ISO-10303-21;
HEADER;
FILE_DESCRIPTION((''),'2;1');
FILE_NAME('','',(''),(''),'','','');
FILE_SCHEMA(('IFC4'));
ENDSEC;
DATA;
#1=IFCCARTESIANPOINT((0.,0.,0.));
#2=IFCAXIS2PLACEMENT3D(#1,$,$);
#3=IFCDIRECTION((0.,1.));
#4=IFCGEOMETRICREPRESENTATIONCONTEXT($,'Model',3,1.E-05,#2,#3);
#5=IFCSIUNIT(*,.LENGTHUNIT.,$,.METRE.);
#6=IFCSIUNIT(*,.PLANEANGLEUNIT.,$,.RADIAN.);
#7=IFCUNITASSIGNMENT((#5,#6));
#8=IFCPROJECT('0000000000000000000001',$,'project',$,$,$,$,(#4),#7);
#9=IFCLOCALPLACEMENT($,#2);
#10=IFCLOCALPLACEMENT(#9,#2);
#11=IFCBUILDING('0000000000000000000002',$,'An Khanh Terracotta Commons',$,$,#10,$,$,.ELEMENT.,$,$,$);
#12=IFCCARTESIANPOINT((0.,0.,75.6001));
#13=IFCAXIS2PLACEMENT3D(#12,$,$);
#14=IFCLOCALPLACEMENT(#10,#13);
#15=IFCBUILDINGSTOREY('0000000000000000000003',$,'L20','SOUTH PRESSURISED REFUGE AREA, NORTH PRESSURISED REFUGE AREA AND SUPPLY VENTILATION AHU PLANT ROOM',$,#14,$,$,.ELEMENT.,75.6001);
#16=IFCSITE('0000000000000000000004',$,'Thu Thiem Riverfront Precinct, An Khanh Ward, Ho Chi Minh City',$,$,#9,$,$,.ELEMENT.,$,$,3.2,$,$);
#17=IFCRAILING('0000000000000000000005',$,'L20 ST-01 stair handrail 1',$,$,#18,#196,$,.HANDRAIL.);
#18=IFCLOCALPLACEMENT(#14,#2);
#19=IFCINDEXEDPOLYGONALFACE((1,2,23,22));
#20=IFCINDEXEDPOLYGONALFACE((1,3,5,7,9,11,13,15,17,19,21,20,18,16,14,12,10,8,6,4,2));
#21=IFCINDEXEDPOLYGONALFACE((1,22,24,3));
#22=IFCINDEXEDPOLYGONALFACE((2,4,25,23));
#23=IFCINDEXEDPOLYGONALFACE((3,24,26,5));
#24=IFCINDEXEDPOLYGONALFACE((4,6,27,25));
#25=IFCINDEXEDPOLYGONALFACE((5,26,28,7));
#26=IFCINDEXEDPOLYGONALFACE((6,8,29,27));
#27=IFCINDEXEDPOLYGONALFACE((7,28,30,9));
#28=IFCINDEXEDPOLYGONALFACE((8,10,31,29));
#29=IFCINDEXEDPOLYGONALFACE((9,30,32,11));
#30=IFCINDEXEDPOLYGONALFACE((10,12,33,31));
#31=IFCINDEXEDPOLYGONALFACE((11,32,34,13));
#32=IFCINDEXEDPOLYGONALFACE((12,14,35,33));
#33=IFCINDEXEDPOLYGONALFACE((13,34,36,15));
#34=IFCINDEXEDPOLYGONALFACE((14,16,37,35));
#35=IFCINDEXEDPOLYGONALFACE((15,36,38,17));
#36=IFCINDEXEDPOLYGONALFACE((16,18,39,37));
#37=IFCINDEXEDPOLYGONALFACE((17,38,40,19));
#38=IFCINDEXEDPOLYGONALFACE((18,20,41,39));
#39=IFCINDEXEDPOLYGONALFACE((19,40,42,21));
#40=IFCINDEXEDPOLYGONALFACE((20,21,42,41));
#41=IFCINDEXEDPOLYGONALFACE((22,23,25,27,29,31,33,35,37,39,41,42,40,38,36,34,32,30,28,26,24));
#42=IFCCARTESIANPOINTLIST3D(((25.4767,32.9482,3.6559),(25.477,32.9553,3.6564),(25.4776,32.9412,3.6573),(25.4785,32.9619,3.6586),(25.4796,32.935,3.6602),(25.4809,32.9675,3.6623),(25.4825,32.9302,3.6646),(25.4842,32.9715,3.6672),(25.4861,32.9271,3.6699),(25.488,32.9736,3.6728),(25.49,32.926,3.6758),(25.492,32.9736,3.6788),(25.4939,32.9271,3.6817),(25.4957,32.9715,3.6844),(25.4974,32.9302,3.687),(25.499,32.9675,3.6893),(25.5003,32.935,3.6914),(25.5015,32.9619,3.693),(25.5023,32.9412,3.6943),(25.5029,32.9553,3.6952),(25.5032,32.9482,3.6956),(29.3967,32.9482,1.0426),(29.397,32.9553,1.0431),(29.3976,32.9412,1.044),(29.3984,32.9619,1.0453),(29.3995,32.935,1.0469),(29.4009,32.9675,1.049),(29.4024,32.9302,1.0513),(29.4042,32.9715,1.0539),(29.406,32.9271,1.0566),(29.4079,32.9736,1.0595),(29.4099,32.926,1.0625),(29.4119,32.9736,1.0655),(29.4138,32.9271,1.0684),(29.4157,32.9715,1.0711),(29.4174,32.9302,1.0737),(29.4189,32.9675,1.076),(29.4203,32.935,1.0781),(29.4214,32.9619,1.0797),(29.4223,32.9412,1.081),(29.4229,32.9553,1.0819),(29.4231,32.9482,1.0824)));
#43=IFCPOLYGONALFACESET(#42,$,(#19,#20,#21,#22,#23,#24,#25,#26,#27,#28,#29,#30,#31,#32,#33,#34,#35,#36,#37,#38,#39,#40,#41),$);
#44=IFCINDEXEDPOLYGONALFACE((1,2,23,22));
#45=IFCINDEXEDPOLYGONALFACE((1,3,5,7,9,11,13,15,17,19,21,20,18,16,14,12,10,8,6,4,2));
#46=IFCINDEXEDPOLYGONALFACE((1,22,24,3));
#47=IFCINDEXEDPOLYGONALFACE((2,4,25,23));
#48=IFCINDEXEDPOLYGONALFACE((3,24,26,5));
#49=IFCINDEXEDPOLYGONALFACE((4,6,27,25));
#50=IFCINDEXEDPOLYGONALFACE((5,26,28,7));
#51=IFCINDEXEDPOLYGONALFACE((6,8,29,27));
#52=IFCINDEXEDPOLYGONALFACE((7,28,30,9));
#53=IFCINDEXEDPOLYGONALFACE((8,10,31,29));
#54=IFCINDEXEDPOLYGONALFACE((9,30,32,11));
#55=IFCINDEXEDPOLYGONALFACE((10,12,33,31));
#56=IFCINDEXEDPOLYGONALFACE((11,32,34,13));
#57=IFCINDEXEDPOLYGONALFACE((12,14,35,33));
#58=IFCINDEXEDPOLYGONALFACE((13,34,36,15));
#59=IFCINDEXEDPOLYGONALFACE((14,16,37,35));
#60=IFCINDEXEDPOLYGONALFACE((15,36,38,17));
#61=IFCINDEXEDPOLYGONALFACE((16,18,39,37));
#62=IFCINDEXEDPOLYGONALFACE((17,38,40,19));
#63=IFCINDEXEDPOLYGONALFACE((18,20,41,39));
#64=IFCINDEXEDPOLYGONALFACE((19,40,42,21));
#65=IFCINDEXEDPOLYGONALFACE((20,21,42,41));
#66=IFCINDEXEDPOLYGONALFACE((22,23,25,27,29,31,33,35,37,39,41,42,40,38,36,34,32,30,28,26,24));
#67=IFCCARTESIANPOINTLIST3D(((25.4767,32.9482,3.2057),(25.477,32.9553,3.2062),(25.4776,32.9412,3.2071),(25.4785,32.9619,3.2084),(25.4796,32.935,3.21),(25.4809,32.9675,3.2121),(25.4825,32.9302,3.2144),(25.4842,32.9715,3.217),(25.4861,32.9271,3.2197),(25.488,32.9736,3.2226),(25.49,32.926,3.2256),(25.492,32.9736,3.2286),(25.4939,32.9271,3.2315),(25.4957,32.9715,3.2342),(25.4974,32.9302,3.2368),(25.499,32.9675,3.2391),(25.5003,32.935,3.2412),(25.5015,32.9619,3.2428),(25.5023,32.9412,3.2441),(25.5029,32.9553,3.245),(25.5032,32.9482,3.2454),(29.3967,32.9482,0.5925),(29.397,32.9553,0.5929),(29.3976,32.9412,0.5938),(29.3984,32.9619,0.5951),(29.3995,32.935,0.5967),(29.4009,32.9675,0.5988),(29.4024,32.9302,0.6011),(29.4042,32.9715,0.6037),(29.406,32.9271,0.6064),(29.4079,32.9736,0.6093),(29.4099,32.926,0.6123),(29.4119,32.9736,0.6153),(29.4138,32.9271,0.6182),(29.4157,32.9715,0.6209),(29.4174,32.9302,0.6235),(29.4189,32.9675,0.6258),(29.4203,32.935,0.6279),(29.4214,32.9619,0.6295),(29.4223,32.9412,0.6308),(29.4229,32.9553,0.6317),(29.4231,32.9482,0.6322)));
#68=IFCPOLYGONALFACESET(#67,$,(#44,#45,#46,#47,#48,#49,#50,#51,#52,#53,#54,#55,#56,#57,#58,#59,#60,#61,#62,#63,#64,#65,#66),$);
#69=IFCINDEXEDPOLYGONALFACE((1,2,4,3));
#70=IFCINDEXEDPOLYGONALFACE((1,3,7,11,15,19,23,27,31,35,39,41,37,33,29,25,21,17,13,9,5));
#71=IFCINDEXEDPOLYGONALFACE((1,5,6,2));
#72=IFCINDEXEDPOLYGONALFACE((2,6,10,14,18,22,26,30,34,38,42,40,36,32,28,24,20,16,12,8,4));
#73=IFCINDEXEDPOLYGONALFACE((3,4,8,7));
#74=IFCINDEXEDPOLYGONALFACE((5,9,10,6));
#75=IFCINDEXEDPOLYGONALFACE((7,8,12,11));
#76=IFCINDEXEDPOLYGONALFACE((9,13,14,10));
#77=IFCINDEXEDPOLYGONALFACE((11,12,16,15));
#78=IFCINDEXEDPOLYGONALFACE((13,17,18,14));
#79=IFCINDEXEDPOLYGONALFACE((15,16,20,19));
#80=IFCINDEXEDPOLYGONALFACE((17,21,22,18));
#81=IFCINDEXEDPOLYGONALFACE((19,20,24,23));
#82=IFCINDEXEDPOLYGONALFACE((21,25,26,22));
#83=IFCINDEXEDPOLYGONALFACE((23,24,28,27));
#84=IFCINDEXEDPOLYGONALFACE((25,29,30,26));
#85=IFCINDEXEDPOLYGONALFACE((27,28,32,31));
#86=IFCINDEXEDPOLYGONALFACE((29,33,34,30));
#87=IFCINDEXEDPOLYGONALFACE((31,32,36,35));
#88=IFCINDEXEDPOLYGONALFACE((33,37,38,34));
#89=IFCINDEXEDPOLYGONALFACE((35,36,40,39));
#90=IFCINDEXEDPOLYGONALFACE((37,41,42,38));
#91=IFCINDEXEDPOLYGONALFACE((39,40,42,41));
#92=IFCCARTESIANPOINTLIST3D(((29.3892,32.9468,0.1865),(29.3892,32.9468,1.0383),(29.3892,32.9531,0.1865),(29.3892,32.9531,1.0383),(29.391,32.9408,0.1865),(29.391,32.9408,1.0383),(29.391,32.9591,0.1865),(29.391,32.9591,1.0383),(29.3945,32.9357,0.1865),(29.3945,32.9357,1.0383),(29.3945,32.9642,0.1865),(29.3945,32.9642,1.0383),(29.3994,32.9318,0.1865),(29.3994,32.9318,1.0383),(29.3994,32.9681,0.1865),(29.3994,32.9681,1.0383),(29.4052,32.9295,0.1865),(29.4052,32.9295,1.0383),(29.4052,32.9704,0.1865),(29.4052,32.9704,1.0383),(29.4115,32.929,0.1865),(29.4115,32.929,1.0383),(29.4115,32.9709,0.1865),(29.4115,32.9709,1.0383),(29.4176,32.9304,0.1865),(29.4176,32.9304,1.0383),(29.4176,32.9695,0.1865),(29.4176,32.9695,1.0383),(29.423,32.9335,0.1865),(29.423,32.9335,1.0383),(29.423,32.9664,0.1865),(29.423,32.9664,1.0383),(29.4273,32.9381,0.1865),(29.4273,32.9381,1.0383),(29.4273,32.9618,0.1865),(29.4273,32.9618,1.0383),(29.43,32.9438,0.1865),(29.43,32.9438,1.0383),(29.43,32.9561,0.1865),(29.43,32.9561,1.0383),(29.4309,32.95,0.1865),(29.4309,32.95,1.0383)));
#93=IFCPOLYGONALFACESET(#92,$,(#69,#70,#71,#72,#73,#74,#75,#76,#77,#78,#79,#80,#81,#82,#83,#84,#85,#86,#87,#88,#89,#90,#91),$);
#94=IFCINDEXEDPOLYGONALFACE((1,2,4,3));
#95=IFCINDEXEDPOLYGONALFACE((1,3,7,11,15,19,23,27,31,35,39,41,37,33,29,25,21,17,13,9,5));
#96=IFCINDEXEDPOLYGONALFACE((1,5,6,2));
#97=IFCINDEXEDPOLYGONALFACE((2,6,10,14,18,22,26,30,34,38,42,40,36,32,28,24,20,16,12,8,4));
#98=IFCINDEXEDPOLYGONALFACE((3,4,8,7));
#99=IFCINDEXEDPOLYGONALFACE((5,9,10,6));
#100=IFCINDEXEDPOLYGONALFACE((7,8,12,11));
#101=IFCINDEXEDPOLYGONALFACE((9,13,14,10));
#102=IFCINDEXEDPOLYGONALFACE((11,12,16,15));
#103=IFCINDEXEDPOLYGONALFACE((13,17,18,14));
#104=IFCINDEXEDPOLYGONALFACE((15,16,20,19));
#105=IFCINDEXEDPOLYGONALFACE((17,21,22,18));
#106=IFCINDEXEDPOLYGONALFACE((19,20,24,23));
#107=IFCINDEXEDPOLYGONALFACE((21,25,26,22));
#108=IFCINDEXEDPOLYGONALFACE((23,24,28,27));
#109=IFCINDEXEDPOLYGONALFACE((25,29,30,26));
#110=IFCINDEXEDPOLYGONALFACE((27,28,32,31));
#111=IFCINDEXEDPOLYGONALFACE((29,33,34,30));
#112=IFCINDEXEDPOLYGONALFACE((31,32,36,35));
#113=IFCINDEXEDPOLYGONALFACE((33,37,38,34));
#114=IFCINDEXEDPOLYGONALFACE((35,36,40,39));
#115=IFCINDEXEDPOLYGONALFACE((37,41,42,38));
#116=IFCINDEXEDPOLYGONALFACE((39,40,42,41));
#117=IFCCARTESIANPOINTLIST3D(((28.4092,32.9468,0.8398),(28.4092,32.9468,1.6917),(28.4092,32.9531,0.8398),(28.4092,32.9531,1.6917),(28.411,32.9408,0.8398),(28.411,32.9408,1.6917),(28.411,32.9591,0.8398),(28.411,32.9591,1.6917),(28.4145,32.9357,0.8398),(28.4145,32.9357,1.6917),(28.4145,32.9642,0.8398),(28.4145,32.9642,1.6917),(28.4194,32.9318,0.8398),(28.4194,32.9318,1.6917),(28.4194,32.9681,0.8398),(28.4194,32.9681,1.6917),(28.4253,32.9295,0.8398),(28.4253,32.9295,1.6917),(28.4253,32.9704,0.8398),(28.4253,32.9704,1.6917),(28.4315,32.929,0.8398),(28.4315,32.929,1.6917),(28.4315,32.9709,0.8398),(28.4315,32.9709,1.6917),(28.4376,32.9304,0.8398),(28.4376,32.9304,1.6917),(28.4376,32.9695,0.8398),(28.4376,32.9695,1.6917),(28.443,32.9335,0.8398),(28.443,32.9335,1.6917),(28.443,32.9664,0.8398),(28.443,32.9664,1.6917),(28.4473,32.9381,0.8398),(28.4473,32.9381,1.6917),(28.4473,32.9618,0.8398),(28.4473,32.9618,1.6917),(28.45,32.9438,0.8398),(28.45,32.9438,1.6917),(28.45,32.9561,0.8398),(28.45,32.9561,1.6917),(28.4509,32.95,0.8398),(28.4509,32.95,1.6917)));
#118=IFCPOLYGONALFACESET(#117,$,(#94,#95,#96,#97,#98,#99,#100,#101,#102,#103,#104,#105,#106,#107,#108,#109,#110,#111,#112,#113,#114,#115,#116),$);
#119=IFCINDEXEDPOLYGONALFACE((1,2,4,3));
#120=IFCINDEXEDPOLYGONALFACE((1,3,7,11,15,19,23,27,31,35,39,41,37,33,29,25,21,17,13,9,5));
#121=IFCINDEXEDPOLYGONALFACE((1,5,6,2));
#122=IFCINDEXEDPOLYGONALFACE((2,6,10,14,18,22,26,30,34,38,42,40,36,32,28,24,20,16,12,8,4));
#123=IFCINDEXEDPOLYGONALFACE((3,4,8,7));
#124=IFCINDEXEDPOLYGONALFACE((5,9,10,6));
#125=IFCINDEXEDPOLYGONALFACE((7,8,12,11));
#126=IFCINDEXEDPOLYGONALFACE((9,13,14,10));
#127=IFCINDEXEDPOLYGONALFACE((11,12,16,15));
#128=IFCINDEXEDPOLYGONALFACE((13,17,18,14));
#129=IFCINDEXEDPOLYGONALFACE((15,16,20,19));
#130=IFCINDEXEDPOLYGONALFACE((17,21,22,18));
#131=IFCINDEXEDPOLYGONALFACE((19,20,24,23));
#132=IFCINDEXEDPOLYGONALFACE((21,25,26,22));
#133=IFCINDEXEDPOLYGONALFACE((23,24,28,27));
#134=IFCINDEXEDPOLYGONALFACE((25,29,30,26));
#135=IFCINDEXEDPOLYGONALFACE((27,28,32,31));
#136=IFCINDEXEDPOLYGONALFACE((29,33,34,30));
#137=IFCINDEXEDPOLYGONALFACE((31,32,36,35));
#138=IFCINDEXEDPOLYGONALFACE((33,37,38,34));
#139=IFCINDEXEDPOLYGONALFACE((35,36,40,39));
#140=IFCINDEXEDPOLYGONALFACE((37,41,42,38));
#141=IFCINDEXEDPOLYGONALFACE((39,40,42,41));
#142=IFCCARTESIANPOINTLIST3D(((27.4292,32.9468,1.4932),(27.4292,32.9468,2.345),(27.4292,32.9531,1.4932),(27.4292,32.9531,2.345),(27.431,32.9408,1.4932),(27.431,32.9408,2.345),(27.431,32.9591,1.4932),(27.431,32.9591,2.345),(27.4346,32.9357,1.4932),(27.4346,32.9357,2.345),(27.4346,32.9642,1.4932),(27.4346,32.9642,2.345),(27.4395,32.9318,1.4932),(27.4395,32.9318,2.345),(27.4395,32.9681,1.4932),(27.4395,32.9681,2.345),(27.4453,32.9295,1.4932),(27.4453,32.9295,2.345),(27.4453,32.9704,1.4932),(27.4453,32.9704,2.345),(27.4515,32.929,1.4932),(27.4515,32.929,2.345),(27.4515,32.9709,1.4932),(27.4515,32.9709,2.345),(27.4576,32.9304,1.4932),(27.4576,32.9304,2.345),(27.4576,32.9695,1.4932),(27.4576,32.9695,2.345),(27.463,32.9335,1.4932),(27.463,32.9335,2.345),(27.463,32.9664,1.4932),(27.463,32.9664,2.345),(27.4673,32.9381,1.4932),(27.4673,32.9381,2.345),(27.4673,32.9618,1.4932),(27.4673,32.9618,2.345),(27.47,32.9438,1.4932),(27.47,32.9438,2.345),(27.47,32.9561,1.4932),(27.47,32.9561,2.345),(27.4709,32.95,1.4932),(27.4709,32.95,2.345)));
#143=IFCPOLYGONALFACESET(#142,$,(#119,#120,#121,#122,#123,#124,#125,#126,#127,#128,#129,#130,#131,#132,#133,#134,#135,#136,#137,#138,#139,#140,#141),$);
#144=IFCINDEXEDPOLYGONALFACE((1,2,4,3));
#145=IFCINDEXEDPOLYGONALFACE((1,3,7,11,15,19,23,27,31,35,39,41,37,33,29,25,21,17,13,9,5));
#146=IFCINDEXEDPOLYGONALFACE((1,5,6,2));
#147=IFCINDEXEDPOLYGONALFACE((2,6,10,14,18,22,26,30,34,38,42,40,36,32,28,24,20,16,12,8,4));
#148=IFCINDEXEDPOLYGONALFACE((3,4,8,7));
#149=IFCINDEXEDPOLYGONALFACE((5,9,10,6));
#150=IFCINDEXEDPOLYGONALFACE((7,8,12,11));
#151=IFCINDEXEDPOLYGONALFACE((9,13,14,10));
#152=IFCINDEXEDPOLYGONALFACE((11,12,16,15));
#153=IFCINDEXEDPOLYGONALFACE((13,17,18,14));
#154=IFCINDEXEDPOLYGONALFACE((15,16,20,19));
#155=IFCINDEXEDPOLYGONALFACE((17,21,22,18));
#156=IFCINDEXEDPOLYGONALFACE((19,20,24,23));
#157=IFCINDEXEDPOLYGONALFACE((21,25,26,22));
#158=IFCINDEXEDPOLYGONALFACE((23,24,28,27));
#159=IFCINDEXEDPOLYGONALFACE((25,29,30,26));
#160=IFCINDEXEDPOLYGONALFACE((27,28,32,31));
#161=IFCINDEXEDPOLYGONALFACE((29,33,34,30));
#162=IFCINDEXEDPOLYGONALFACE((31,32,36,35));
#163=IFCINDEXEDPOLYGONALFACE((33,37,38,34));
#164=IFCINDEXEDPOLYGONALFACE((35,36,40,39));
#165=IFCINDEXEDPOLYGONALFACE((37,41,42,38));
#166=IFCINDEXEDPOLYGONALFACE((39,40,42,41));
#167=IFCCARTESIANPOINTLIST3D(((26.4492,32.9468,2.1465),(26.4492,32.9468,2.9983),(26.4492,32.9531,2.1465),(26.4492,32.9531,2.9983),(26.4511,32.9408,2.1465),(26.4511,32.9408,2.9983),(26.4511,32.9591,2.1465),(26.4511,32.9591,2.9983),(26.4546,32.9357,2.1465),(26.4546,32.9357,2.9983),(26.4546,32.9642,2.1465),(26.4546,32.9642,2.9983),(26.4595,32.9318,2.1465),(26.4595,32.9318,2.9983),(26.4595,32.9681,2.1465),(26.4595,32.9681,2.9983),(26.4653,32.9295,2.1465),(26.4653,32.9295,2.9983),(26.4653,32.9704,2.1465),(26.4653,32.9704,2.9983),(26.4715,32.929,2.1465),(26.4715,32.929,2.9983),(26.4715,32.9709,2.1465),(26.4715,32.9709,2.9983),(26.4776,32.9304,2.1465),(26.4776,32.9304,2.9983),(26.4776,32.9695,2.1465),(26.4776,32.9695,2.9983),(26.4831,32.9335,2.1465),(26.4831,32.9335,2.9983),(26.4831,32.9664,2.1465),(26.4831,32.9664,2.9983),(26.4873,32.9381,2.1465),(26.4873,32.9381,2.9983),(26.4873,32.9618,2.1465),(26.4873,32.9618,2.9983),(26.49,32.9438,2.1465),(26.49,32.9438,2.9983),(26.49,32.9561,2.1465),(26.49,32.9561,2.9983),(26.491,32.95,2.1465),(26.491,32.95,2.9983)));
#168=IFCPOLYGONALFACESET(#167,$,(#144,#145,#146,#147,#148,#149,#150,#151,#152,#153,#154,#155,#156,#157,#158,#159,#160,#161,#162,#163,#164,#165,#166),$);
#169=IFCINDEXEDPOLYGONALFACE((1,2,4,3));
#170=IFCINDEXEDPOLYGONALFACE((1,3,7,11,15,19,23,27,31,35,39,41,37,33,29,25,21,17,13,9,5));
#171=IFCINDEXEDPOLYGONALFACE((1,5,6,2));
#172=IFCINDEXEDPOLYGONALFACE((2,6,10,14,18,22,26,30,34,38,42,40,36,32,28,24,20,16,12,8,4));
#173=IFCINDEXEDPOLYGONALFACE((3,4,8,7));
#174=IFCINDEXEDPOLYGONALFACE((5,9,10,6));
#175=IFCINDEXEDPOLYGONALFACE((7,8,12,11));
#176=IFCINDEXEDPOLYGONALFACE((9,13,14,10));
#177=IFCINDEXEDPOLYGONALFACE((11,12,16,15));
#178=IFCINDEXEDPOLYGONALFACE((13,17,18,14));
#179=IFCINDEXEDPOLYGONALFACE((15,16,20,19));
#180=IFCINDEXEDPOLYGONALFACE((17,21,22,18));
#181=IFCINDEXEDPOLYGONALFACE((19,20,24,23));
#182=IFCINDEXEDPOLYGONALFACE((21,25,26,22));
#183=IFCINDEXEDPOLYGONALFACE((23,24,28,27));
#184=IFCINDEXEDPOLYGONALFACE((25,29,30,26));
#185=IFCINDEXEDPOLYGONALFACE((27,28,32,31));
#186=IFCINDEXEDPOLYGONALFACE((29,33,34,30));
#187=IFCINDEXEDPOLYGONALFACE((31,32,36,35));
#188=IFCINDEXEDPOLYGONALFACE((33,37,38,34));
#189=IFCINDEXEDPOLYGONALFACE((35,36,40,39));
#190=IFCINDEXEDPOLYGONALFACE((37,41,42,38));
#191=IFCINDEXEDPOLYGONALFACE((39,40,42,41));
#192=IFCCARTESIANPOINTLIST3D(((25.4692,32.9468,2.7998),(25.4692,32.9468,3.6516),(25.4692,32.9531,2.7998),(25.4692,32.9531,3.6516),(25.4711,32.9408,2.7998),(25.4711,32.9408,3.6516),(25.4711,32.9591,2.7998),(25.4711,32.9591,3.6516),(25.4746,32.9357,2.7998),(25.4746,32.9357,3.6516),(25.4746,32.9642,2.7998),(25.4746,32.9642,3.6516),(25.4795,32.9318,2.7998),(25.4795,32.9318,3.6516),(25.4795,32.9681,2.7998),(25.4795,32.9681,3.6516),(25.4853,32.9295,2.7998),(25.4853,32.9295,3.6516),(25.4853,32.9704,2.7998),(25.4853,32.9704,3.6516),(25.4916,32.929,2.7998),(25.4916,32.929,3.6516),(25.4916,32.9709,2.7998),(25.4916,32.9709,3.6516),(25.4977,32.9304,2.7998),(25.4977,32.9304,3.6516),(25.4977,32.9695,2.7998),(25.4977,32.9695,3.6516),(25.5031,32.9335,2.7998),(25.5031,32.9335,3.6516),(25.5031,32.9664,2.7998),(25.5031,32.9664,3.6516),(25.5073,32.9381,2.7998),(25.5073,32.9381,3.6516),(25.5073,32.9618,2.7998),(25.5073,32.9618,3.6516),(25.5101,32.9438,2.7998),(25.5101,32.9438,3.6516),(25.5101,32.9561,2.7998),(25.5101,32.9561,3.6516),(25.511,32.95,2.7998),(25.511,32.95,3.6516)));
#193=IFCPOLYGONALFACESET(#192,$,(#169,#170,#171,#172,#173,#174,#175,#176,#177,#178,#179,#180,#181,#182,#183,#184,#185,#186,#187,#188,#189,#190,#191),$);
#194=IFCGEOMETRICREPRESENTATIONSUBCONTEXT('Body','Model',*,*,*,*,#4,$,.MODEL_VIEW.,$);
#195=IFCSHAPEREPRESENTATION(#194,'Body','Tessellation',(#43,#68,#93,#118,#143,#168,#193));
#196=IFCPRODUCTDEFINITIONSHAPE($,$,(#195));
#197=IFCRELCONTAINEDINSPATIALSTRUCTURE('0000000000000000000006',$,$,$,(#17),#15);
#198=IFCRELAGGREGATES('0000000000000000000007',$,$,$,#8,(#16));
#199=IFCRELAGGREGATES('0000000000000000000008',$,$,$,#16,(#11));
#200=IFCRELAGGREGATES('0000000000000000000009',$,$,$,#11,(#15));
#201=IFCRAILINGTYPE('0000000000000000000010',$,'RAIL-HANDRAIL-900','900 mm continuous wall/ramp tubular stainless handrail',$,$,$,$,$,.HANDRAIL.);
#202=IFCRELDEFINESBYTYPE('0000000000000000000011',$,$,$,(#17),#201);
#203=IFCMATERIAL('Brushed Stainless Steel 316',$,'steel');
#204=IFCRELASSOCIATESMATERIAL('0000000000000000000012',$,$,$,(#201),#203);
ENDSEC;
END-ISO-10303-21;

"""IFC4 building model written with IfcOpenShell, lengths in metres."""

from ifc_helpers import new_model, si_unit, direction, frame, origin, origin_2d, place, context, subcontext, project, spatial, circle, extrude, material, type_object, element, save


model = new_model("IFC4")

# Units and contexts
model_context = context("Model", 3, precision=1e-05, world=origin(), true_north=direction((0.0, 1.0)))
body_context = subcontext(model_context, "Body", "Model", "MODEL_VIEW")
ifc_project = project(units=[si_unit("LENGTHUNIT", "METRE"), si_unit("PLANEANGLEUNIT", "RADIAN")], contexts=[model_context])

# Site, building, storey
site_placement = place(None, origin())
site = spatial("IfcSite", under=ifc_project, at=site_placement, Name="Thu Thiem Riverfront Precinct, An Khanh Ward, Ho Chi Minh City", CompositionType="ELEMENT", RefElevation=3.2)
building_placement = place(site_placement, origin())
building = spatial("IfcBuilding", under=site, at=building_placement, Name="An Khanh Terracotta Commons", CompositionType="ELEMENT")
storey_placement = place(building_placement, frame((0.0, 0.0, 75.6001)))
storey = spatial("IfcBuildingStorey", under=building, at=storey_placement, Name="L20", Description="SOUTH PRESSURISED REFUGE AREA, NORTH PRESSURISED REFUGE AREA AND SUPPLY VENTILATION AHU PLANT ROOM", CompositionType="ELEMENT", Elevation=75.6001)

# Railing
ifc_material_1 = material(Name="Brushed Stainless Steel 316", Category="steel")
railing_type_1 = type_object("IfcRailingType", Name="RAIL-HANDRAIL-900", Description="900 mm continuous wall/ramp tubular stainless handrail", PredefinedType="HANDRAIL", material=ifc_material_1)
railing_1_placement = place(storey_placement, frame((29.4099, 32.95, 0.1865)))
element("IfcRailing", 1, at=railing_1_placement, inside=storey, type_object=railing_type_1, Name="L20 ST-01 stair handrail 1", PredefinedType="HANDRAIL", context=body_context, shape_type="SweptSolid", body=[
    extrude(circle(Radius=0.0239, at=origin_2d()), frame((0.0, 0.0, 0.876), z_axis=(-0.83205, 0.0, 0.5547), x_axis=(0.0, -1.0, 0.0)), (0.0, 0.0, 1.0), 4.7112),
    extrude(circle(Radius=0.0239, at=origin_2d()), frame((0.0, 0.0, 0.4258), z_axis=(-0.83205, 0.0, 0.5547), x_axis=(0.0, -1.0, 0.0)), (0.0, 0.0, 1.0), 4.7112),
    extrude(circle(Radius=0.021, at=origin_2d()), origin(), (0.0, 0.0, 1.0), 0.8518),
    extrude(circle(Radius=0.021, at=origin_2d()), frame((-0.98, 0.0, 0.6533)), (0.0, 0.0, 1.0), 0.8518),
    extrude(circle(Radius=0.021, at=origin_2d()), frame((-1.96, 0.0, 1.3066)), (0.0, 0.0, 1.0), 0.8518),
    extrude(circle(Radius=0.021, at=origin_2d()), frame((-2.9399, 0.0, 1.96)), (0.0, 0.0, 1.0), 0.8518),
    extrude(circle(Radius=0.021, at=origin_2d()), frame((-3.9199, 0.0, 2.6133)), (0.0, 0.0, 1.0), 0.8518),
])

save(model, "model.ifc")
